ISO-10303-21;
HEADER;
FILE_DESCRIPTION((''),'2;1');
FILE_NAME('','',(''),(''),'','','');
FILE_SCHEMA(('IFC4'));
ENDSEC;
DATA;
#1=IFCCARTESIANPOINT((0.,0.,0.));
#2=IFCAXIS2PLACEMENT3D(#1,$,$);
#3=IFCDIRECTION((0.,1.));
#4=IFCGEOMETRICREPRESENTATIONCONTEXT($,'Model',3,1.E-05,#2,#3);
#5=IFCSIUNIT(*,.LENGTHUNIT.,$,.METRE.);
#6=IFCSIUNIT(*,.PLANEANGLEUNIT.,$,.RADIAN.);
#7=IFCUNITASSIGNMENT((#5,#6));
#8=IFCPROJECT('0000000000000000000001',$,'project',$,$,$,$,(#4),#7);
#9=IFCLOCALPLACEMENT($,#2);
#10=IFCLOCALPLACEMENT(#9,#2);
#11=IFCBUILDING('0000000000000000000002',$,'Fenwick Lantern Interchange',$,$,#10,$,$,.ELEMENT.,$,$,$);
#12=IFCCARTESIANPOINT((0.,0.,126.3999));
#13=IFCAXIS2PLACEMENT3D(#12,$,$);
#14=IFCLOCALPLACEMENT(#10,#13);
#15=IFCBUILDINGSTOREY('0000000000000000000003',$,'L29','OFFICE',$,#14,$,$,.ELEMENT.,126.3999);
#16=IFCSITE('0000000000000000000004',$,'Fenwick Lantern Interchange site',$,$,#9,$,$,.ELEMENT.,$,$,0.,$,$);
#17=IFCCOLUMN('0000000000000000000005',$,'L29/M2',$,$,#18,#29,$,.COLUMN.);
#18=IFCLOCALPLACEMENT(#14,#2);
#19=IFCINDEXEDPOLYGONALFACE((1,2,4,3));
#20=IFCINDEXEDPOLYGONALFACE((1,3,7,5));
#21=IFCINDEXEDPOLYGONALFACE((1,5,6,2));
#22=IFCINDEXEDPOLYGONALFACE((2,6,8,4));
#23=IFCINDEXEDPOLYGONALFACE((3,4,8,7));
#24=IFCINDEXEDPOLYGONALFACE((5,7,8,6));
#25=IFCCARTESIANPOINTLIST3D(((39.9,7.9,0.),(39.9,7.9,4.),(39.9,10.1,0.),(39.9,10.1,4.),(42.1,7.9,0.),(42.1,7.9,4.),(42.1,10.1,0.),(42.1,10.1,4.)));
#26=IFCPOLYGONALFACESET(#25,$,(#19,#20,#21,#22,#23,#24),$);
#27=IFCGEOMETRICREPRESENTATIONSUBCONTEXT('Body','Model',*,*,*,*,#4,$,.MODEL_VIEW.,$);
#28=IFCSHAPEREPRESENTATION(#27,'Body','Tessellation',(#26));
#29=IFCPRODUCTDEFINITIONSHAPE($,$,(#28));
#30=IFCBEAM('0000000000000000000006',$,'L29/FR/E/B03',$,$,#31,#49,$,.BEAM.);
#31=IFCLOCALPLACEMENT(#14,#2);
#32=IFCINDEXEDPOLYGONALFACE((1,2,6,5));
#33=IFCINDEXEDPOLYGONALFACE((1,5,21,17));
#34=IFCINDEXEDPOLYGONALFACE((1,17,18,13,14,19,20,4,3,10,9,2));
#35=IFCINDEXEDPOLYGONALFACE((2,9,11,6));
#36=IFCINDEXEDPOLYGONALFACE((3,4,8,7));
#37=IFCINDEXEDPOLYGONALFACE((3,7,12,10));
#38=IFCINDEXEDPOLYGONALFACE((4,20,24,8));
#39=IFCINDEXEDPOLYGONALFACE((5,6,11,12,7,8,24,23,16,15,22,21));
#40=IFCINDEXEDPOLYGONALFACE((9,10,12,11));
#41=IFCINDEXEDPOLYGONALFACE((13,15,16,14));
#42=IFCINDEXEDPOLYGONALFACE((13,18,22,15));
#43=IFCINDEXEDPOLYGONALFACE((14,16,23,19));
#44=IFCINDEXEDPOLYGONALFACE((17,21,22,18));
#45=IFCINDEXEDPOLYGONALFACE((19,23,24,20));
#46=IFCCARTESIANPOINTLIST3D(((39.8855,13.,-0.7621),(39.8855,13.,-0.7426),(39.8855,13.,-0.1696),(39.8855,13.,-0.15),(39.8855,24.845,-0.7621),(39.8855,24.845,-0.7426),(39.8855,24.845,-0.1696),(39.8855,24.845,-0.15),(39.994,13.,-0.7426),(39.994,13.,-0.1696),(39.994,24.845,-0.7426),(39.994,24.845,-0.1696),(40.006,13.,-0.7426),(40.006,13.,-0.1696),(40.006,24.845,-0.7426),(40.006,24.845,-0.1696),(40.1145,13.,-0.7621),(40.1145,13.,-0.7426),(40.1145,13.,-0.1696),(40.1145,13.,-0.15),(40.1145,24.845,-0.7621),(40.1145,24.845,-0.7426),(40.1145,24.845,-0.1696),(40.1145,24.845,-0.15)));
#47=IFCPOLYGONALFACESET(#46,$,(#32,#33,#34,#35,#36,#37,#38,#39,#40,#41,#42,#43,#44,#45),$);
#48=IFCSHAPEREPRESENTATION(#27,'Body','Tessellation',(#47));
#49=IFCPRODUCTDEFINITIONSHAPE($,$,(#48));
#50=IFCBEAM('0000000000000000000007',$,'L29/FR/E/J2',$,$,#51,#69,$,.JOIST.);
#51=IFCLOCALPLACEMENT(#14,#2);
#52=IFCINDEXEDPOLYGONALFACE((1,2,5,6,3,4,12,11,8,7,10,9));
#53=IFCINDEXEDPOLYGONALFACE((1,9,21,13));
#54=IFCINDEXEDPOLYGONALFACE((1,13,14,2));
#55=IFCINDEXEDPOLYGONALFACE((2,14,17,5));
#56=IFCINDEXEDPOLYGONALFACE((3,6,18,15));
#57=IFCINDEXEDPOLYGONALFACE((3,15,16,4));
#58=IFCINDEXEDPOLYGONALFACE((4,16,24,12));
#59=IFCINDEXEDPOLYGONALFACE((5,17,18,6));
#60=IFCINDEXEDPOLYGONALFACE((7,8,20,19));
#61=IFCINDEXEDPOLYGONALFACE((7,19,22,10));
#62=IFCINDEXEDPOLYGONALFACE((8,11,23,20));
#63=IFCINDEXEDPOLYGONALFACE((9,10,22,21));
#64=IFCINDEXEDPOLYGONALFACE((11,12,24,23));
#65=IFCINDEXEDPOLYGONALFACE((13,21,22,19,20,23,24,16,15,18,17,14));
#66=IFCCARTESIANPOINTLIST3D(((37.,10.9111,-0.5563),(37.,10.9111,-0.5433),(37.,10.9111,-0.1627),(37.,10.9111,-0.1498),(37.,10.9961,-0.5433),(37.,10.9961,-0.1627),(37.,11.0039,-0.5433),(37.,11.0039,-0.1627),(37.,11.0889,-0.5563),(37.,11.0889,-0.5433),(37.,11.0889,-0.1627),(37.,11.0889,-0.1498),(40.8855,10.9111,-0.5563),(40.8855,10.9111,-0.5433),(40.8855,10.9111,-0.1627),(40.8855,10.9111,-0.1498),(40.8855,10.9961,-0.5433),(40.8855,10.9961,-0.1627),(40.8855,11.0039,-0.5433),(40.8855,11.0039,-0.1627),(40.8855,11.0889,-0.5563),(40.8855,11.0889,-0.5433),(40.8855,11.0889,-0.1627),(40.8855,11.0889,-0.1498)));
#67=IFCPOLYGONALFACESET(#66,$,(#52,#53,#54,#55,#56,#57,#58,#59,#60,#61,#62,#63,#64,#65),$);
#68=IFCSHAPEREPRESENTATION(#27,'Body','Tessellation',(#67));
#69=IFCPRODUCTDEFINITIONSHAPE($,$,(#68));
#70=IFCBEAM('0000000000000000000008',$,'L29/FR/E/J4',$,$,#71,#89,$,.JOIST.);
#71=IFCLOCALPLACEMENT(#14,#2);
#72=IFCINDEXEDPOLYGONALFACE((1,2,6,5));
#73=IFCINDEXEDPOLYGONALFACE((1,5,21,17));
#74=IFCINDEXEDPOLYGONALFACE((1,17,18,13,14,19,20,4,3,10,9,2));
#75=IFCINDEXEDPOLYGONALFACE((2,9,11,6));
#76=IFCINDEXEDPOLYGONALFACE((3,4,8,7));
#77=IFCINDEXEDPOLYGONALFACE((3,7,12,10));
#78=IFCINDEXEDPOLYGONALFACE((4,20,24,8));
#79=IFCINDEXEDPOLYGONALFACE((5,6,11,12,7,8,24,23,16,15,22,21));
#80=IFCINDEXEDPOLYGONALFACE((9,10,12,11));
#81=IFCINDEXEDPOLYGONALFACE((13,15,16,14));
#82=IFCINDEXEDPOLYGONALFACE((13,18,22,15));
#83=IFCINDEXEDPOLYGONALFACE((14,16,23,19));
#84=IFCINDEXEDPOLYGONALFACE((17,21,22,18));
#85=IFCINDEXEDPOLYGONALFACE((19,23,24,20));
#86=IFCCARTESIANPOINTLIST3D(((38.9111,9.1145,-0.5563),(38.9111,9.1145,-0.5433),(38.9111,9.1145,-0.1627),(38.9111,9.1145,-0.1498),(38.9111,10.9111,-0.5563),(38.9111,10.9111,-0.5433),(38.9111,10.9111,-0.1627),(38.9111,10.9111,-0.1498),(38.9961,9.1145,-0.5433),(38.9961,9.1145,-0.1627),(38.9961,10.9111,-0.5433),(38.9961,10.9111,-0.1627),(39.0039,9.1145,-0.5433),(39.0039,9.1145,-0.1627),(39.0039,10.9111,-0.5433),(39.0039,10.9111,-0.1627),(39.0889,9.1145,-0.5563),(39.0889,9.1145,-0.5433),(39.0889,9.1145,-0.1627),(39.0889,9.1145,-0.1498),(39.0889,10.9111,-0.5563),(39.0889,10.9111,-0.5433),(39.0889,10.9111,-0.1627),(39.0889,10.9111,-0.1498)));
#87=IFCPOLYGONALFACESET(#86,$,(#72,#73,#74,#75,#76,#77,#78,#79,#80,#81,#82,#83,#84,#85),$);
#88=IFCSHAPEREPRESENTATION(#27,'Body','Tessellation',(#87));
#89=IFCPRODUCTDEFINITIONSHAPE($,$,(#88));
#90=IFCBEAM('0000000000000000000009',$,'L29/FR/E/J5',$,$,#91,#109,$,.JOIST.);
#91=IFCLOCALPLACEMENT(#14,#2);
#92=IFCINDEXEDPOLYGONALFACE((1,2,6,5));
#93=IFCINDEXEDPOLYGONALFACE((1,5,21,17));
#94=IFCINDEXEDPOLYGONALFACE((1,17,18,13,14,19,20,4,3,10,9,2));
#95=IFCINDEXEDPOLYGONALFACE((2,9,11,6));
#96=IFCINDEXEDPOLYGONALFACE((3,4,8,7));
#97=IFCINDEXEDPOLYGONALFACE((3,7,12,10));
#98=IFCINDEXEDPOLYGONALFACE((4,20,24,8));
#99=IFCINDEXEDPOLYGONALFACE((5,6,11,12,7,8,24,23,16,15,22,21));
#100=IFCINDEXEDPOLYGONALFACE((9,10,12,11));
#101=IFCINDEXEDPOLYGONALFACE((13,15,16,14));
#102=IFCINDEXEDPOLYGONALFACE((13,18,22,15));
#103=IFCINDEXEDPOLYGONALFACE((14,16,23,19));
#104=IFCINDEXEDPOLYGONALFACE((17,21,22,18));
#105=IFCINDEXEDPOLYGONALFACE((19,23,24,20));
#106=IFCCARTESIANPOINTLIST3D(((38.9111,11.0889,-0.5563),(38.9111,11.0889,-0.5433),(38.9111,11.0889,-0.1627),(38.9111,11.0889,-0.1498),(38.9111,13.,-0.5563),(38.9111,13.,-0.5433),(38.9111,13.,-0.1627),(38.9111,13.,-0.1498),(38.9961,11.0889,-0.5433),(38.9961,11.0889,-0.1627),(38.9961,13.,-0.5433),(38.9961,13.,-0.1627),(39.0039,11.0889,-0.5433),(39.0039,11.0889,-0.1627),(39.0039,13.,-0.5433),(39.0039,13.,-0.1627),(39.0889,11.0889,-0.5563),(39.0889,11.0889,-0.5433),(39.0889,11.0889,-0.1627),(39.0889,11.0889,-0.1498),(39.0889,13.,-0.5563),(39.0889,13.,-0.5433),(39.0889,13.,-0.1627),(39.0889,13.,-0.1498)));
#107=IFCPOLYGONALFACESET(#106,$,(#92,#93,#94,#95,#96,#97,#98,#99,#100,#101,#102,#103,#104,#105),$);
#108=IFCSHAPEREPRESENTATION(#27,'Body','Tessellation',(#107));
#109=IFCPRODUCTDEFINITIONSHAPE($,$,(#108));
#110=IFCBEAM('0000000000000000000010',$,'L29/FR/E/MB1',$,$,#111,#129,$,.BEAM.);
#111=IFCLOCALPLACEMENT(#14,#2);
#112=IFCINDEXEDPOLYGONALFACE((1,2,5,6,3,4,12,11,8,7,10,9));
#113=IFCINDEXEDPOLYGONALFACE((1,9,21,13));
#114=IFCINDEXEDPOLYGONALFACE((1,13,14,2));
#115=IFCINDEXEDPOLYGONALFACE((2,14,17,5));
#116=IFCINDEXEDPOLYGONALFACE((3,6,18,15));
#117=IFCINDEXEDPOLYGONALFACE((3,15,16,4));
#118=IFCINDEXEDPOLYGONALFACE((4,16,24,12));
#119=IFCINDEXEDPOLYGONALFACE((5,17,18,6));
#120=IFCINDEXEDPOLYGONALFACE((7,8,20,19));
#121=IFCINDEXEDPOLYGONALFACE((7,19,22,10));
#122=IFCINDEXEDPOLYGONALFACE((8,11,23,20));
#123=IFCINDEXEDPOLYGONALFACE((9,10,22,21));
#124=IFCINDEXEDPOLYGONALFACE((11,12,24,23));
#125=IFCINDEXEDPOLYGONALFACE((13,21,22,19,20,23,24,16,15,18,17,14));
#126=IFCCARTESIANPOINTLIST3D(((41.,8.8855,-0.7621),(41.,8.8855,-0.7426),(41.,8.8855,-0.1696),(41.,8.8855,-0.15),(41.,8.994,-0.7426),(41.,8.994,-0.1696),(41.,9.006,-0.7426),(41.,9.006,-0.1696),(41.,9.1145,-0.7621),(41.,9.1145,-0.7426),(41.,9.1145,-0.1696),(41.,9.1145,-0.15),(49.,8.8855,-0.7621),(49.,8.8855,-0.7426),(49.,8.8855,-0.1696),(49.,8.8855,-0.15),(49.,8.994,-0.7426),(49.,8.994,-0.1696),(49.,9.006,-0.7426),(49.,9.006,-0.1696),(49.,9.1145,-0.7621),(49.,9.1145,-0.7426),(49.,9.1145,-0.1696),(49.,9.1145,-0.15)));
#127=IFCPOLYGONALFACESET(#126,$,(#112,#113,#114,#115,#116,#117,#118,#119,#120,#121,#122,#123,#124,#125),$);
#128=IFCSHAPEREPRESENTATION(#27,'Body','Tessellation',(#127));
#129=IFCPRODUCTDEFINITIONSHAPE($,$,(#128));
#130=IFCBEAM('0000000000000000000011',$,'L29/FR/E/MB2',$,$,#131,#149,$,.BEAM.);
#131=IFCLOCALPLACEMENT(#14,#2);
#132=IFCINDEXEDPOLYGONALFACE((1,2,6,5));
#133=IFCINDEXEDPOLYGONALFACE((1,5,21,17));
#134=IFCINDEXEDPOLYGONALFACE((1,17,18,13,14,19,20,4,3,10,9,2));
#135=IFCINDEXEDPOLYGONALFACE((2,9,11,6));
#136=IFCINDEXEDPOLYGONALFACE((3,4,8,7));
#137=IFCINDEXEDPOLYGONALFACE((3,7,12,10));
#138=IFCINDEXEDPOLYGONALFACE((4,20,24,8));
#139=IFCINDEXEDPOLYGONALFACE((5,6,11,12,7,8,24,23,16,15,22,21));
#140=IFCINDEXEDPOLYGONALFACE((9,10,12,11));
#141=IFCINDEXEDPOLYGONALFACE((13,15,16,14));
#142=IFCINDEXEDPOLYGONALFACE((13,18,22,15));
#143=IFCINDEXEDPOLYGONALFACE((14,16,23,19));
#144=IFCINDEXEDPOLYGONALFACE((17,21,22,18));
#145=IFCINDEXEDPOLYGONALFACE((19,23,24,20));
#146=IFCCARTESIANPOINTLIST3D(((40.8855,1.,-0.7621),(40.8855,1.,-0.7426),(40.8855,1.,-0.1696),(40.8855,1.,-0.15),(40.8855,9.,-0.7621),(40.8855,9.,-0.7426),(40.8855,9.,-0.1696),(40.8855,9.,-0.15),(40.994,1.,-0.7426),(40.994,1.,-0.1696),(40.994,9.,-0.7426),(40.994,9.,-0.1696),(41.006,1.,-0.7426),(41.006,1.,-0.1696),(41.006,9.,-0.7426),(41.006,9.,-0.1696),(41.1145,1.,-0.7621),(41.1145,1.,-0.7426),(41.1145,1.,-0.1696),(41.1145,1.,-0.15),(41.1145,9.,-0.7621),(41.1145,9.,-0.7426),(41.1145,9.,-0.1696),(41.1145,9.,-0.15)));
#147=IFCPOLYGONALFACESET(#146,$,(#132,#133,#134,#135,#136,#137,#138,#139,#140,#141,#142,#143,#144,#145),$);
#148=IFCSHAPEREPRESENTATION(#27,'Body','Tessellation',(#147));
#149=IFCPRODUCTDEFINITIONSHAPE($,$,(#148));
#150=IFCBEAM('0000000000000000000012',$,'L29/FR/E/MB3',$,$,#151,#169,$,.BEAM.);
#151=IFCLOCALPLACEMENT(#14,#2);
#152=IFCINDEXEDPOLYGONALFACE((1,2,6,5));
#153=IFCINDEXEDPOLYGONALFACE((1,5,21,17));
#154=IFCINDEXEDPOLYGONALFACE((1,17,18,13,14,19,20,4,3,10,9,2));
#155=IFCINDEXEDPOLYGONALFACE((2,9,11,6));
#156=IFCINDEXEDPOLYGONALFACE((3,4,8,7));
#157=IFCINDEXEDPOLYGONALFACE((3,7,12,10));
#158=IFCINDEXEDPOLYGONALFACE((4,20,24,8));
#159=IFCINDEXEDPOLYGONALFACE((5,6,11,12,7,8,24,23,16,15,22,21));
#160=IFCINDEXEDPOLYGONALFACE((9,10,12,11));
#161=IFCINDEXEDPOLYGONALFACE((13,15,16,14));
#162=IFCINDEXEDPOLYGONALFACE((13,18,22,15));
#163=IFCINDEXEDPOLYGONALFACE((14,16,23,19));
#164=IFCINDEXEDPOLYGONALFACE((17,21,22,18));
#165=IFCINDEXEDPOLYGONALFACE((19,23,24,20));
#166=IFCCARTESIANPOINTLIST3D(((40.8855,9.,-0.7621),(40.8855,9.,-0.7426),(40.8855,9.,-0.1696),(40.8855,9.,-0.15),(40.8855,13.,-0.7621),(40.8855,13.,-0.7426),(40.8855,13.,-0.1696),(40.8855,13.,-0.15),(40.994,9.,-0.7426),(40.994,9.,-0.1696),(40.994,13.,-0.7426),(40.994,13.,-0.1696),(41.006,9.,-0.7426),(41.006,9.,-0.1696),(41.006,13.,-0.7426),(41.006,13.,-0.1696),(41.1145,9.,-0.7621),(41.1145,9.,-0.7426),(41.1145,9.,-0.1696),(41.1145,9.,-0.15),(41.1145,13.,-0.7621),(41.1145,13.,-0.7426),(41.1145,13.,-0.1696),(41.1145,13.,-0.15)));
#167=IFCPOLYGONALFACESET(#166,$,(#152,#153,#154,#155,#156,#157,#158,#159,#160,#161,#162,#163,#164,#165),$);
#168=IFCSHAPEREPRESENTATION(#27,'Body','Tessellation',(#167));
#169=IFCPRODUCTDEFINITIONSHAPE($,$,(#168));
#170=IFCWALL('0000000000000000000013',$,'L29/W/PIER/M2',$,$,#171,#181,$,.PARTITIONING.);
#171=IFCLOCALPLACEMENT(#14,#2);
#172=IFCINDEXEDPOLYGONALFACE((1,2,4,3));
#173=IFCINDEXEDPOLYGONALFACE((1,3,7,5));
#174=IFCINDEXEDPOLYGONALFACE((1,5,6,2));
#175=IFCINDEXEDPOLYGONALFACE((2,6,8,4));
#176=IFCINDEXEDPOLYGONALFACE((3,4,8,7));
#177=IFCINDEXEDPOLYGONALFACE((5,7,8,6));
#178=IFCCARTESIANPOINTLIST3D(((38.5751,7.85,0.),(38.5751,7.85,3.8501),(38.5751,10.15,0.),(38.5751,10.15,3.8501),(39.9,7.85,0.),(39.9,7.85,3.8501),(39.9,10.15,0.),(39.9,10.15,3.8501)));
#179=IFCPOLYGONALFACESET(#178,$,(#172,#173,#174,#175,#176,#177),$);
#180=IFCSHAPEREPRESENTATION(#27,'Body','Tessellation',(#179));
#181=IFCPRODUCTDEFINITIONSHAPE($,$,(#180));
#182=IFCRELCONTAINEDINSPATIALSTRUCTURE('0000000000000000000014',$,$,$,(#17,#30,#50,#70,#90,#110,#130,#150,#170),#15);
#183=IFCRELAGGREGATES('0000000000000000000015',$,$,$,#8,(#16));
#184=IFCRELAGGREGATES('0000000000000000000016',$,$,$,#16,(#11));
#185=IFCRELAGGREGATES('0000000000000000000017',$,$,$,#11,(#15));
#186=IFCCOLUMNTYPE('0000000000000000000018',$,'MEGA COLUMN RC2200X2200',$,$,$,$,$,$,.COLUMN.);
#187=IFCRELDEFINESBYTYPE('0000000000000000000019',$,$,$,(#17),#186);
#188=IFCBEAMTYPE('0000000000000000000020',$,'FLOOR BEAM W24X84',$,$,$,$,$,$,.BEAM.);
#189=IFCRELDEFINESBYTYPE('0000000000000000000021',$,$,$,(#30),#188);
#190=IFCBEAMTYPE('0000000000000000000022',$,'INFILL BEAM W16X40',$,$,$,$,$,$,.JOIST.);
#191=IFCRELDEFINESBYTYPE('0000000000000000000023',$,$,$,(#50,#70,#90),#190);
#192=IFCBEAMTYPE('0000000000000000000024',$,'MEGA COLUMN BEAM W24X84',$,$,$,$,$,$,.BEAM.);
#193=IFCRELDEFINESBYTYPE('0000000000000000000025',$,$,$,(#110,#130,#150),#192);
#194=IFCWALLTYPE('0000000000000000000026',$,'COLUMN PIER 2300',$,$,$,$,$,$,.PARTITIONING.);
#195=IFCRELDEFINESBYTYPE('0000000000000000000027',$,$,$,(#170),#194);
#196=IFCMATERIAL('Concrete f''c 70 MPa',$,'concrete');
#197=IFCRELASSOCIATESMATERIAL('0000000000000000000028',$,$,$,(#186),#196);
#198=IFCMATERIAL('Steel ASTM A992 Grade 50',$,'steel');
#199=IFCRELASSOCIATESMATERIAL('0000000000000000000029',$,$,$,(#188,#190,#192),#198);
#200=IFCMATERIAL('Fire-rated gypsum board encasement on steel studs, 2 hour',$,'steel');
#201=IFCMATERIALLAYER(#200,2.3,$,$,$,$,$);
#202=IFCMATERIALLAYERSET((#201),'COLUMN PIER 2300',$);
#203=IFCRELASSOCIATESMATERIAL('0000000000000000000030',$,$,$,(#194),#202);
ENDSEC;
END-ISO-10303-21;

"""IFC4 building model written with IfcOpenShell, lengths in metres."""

from ifc_helpers import new_model, si_unit, direction, frame, frame_2d, origin, origin_2d, place, context, subcontext, project, spatial, rectangle, i_section, extrude, material, layer, layer_set, material_profile, profile_set, type_object, element, save


model = new_model("IFC4")

# Units and contexts
model_context = context("Model", 3, precision=1e-05, world=origin(), true_north=direction((0.0, 1.0)))
body_context = subcontext(model_context, "Body", "Model", "MODEL_VIEW")
ifc_project = project(units=[si_unit("LENGTHUNIT", "METRE"), si_unit("PLANEANGLEUNIT", "RADIAN")], contexts=[model_context])

# Site, building, storey
site_placement = place(None, origin())
site = spatial("IfcSite", under=ifc_project, at=site_placement, Name="Fenwick Lantern Interchange site", CompositionType="ELEMENT", RefElevation=0.0)
building_placement = place(site_placement, origin())
building = spatial("IfcBuilding", under=site, at=building_placement, Name="Fenwick Lantern Interchange", CompositionType="ELEMENT")
storey_placement = place(building_placement, frame((0.0, 0.0, 126.3999)))
storey = spatial("IfcBuildingStorey", under=building, at=storey_placement, Name="L29", Description="OFFICE", CompositionType="ELEMENT", Elevation=126.3999)

# Column
ifc_material_1 = material(Name="Concrete f'c 70 MPa", Category="concrete")
ifc_material_profile_1 = material_profile(ifc_material_1, rectangle(XDim=2.2, YDim=2.2, at=origin_2d()), Name="RC2200X2200")
ifc_profile_set_1 = profile_set([ifc_material_profile_1], Name="Concrete f'c 70 MPa")
column_type = type_object("IfcColumnType", Name="MEGA COLUMN RC2200X2200", PredefinedType="COLUMN", material=ifc_profile_set_1)
column_placement = place(storey_placement, frame((41.0, 9.0, 0.0), z_axis=(0.0, 0.0, 1.0), x_axis=(1.0, 0.0, 0.0)))
element("IfcColumn", 1, at=column_placement, inside=storey, type_object=column_type, Name="L29/M2", PredefinedType="COLUMN", context=body_context, shape_type="SweptSolid", body=[
    extrude(rectangle(XDim=2.2, YDim=2.2, at=origin_2d()), origin(), (0.0, 0.0, 1.0), 4.0),
])

# Beams
ifc_material_2 = material(Name="Steel ASTM A992 Grade 50", Category="steel")
ifc_material_profile_2 = material_profile(ifc_material_2, i_section(OverallWidth=0.229, OverallDepth=0.6121, WebThickness=0.012, FlangeThickness=0.0195, at=origin_2d()), Name="W24X84")
ifc_profile_set_2 = profile_set([ifc_material_profile_2], Name="Steel ASTM A992 Grade 50")
beam_type_1 = type_object("IfcBeamType", Name="FLOOR BEAM W24X84", PredefinedType="BEAM", material=ifc_profile_set_2)
beam_1_placement = place(storey_placement, frame((40.0, 13.0, -0.4561), z_axis=(0.0, 1.0, 0.0), x_axis=(-1.0, 0.0, 0.0)))
element("IfcBeam", 2, at=beam_1_placement, inside=storey, type_object=beam_type_1, Name="L29/FR/E/B03", PredefinedType="BEAM", context=body_context, shape_type="SweptSolid", body=[
    extrude(i_section(OverallWidth=0.229, OverallDepth=0.6121, WebThickness=0.012, FlangeThickness=0.0195, at=origin_2d()), origin(), (0.0, 0.0, 1.0), 11.845),
])
ifc_material_profile_3 = material_profile(ifc_material_2, i_section(OverallWidth=0.1777, OverallDepth=0.4065, WebThickness=0.0078, FlangeThickness=0.0129, at=origin_2d()), Name="W16X40")
ifc_profile_set_3 = profile_set([ifc_material_profile_3], Name="Steel ASTM A992 Grade 50")
beam_type_2 = type_object("IfcBeamType", Name="INFILL BEAM W16X40", PredefinedType="JOIST", material=ifc_profile_set_3)
beam_2_placement = place(storey_placement, frame((40.8855, 11.0, -0.353), z_axis=(-1.0, 0.0, 0.0), x_axis=(0.0, -1.0, 0.0)))
element("IfcBeam", 3, at=beam_2_placement, inside=storey, type_object=beam_type_2, Name="L29/FR/E/J2", PredefinedType="JOIST", context=body_context, shape_type="SweptSolid", body=[
    extrude(i_section(OverallWidth=0.1777, OverallDepth=0.4065, WebThickness=0.0078, FlangeThickness=0.0129, at=origin_2d()), origin(), (0.0, 0.0, 1.0), 3.8855),
])
beam_3_placement = place(storey_placement, frame((39.0, 9.1145, -0.353), z_axis=(0.0, 1.0, 0.0), x_axis=(-1.0, 0.0, 0.0)))
element("IfcBeam", 4, at=beam_3_placement, inside=storey, type_object=beam_type_2, Name="L29/FR/E/J4", PredefinedType="JOIST", context=body_context, shape_type="SweptSolid", body=[
    extrude(i_section(OverallWidth=0.1777, OverallDepth=0.4065, WebThickness=0.0078, FlangeThickness=0.0129, at=origin_2d()), origin(), (0.0, 0.0, 1.0), 1.7966),
])
beam_4_placement = place(storey_placement, frame((39.0, 11.0889, -0.353), z_axis=(0.0, 1.0, 0.0), x_axis=(-1.0, 0.0, 0.0)))
element("IfcBeam", 5, at=beam_4_placement, inside=storey, type_object=beam_type_2, Name="L29/FR/E/J5", PredefinedType="JOIST", context=body_context, shape_type="SweptSolid", body=[
    extrude(i_section(OverallWidth=0.1777, OverallDepth=0.4065, WebThickness=0.0078, FlangeThickness=0.0129, at=origin_2d()), origin(), (0.0, 0.0, 1.0), 1.9111),
])
ifc_material_profile_4 = material_profile(ifc_material_2, i_section(OverallWidth=0.229, OverallDepth=0.6121, WebThickness=0.012, FlangeThickness=0.0195, at=origin_2d()), Name="W24X84")
ifc_profile_set_4 = profile_set([ifc_material_profile_4], Name="Steel ASTM A992 Grade 50")
beam_type_3 = type_object("IfcBeamType", Name="MEGA COLUMN BEAM W24X84", PredefinedType="BEAM", material=ifc_profile_set_4)
for number, where, z_axis, x_axis, name in (
    (6, (41.0, 9.0, -0.4561), (1.0, 0.0, 0.0), (0.0, 1.0, 0.0), "L29/FR/E/MB1"),
    (7, (41.0, 9.0, -0.4561), (0.0, -1.0, 0.0), (1.0, 0.0, 0.0), "L29/FR/E/MB2"),
):
    element("IfcBeam", number, at=place(storey_placement, frame(where, z_axis=z_axis, x_axis=x_axis)), inside=storey, type_object=beam_type_3, Name=name, PredefinedType="BEAM", context=body_context, shape_type="SweptSolid", body=[
        extrude(i_section(OverallWidth=0.229, OverallDepth=0.6121, WebThickness=0.012, FlangeThickness=0.0195, at=origin_2d()), origin(), (0.0, 0.0, 1.0), 8.0),
    ])
beam_5_placement = place(storey_placement, frame((41.0, 9.0, -0.4561), z_axis=(0.0, 1.0, 0.0), x_axis=(-1.0, 0.0, 0.0)))
element("IfcBeam", 8, at=beam_5_placement, inside=storey, type_object=beam_type_3, Name="L29/FR/E/MB3", PredefinedType="BEAM", context=body_context, shape_type="SweptSolid", body=[
    extrude(i_section(OverallWidth=0.229, OverallDepth=0.6121, WebThickness=0.012, FlangeThickness=0.0195, at=origin_2d()), origin(), (0.0, 0.0, 1.0), 4.0),
])

# Wall
ifc_material_3 = material(Name="Fire-rated gypsum board encasement on steel studs, 2 hour", Category="steel")
ifc_layer_1 = layer(ifc_material_3, 2.3)
ifc_layer_set_1 = layer_set([ifc_layer_1], Name="COLUMN PIER 2300")
wall_type_1 = type_object("IfcWallType", Name="COLUMN PIER 2300", PredefinedType="PARTITIONING", material=ifc_layer_set_1)
wall_1_placement = place(storey_placement, frame((38.575, 9.0, 0.0), z_axis=(0.0, 0.0, 1.0), x_axis=(1.0, 0.0, 0.0)))
element("IfcWall", 9, at=wall_1_placement, inside=storey, type_object=wall_type_1, Name="L29/W/PIER/M2", PredefinedType="PARTITIONING", context=body_context, shape_type="SweptSolid", body=[
    extrude(rectangle(XDim=1.325, YDim=2.3, at=frame_2d((0.6626, 0.0))), origin(), (0.0, 0.0, 1.0), 3.8501),
])

save(model, "model.ifc")
